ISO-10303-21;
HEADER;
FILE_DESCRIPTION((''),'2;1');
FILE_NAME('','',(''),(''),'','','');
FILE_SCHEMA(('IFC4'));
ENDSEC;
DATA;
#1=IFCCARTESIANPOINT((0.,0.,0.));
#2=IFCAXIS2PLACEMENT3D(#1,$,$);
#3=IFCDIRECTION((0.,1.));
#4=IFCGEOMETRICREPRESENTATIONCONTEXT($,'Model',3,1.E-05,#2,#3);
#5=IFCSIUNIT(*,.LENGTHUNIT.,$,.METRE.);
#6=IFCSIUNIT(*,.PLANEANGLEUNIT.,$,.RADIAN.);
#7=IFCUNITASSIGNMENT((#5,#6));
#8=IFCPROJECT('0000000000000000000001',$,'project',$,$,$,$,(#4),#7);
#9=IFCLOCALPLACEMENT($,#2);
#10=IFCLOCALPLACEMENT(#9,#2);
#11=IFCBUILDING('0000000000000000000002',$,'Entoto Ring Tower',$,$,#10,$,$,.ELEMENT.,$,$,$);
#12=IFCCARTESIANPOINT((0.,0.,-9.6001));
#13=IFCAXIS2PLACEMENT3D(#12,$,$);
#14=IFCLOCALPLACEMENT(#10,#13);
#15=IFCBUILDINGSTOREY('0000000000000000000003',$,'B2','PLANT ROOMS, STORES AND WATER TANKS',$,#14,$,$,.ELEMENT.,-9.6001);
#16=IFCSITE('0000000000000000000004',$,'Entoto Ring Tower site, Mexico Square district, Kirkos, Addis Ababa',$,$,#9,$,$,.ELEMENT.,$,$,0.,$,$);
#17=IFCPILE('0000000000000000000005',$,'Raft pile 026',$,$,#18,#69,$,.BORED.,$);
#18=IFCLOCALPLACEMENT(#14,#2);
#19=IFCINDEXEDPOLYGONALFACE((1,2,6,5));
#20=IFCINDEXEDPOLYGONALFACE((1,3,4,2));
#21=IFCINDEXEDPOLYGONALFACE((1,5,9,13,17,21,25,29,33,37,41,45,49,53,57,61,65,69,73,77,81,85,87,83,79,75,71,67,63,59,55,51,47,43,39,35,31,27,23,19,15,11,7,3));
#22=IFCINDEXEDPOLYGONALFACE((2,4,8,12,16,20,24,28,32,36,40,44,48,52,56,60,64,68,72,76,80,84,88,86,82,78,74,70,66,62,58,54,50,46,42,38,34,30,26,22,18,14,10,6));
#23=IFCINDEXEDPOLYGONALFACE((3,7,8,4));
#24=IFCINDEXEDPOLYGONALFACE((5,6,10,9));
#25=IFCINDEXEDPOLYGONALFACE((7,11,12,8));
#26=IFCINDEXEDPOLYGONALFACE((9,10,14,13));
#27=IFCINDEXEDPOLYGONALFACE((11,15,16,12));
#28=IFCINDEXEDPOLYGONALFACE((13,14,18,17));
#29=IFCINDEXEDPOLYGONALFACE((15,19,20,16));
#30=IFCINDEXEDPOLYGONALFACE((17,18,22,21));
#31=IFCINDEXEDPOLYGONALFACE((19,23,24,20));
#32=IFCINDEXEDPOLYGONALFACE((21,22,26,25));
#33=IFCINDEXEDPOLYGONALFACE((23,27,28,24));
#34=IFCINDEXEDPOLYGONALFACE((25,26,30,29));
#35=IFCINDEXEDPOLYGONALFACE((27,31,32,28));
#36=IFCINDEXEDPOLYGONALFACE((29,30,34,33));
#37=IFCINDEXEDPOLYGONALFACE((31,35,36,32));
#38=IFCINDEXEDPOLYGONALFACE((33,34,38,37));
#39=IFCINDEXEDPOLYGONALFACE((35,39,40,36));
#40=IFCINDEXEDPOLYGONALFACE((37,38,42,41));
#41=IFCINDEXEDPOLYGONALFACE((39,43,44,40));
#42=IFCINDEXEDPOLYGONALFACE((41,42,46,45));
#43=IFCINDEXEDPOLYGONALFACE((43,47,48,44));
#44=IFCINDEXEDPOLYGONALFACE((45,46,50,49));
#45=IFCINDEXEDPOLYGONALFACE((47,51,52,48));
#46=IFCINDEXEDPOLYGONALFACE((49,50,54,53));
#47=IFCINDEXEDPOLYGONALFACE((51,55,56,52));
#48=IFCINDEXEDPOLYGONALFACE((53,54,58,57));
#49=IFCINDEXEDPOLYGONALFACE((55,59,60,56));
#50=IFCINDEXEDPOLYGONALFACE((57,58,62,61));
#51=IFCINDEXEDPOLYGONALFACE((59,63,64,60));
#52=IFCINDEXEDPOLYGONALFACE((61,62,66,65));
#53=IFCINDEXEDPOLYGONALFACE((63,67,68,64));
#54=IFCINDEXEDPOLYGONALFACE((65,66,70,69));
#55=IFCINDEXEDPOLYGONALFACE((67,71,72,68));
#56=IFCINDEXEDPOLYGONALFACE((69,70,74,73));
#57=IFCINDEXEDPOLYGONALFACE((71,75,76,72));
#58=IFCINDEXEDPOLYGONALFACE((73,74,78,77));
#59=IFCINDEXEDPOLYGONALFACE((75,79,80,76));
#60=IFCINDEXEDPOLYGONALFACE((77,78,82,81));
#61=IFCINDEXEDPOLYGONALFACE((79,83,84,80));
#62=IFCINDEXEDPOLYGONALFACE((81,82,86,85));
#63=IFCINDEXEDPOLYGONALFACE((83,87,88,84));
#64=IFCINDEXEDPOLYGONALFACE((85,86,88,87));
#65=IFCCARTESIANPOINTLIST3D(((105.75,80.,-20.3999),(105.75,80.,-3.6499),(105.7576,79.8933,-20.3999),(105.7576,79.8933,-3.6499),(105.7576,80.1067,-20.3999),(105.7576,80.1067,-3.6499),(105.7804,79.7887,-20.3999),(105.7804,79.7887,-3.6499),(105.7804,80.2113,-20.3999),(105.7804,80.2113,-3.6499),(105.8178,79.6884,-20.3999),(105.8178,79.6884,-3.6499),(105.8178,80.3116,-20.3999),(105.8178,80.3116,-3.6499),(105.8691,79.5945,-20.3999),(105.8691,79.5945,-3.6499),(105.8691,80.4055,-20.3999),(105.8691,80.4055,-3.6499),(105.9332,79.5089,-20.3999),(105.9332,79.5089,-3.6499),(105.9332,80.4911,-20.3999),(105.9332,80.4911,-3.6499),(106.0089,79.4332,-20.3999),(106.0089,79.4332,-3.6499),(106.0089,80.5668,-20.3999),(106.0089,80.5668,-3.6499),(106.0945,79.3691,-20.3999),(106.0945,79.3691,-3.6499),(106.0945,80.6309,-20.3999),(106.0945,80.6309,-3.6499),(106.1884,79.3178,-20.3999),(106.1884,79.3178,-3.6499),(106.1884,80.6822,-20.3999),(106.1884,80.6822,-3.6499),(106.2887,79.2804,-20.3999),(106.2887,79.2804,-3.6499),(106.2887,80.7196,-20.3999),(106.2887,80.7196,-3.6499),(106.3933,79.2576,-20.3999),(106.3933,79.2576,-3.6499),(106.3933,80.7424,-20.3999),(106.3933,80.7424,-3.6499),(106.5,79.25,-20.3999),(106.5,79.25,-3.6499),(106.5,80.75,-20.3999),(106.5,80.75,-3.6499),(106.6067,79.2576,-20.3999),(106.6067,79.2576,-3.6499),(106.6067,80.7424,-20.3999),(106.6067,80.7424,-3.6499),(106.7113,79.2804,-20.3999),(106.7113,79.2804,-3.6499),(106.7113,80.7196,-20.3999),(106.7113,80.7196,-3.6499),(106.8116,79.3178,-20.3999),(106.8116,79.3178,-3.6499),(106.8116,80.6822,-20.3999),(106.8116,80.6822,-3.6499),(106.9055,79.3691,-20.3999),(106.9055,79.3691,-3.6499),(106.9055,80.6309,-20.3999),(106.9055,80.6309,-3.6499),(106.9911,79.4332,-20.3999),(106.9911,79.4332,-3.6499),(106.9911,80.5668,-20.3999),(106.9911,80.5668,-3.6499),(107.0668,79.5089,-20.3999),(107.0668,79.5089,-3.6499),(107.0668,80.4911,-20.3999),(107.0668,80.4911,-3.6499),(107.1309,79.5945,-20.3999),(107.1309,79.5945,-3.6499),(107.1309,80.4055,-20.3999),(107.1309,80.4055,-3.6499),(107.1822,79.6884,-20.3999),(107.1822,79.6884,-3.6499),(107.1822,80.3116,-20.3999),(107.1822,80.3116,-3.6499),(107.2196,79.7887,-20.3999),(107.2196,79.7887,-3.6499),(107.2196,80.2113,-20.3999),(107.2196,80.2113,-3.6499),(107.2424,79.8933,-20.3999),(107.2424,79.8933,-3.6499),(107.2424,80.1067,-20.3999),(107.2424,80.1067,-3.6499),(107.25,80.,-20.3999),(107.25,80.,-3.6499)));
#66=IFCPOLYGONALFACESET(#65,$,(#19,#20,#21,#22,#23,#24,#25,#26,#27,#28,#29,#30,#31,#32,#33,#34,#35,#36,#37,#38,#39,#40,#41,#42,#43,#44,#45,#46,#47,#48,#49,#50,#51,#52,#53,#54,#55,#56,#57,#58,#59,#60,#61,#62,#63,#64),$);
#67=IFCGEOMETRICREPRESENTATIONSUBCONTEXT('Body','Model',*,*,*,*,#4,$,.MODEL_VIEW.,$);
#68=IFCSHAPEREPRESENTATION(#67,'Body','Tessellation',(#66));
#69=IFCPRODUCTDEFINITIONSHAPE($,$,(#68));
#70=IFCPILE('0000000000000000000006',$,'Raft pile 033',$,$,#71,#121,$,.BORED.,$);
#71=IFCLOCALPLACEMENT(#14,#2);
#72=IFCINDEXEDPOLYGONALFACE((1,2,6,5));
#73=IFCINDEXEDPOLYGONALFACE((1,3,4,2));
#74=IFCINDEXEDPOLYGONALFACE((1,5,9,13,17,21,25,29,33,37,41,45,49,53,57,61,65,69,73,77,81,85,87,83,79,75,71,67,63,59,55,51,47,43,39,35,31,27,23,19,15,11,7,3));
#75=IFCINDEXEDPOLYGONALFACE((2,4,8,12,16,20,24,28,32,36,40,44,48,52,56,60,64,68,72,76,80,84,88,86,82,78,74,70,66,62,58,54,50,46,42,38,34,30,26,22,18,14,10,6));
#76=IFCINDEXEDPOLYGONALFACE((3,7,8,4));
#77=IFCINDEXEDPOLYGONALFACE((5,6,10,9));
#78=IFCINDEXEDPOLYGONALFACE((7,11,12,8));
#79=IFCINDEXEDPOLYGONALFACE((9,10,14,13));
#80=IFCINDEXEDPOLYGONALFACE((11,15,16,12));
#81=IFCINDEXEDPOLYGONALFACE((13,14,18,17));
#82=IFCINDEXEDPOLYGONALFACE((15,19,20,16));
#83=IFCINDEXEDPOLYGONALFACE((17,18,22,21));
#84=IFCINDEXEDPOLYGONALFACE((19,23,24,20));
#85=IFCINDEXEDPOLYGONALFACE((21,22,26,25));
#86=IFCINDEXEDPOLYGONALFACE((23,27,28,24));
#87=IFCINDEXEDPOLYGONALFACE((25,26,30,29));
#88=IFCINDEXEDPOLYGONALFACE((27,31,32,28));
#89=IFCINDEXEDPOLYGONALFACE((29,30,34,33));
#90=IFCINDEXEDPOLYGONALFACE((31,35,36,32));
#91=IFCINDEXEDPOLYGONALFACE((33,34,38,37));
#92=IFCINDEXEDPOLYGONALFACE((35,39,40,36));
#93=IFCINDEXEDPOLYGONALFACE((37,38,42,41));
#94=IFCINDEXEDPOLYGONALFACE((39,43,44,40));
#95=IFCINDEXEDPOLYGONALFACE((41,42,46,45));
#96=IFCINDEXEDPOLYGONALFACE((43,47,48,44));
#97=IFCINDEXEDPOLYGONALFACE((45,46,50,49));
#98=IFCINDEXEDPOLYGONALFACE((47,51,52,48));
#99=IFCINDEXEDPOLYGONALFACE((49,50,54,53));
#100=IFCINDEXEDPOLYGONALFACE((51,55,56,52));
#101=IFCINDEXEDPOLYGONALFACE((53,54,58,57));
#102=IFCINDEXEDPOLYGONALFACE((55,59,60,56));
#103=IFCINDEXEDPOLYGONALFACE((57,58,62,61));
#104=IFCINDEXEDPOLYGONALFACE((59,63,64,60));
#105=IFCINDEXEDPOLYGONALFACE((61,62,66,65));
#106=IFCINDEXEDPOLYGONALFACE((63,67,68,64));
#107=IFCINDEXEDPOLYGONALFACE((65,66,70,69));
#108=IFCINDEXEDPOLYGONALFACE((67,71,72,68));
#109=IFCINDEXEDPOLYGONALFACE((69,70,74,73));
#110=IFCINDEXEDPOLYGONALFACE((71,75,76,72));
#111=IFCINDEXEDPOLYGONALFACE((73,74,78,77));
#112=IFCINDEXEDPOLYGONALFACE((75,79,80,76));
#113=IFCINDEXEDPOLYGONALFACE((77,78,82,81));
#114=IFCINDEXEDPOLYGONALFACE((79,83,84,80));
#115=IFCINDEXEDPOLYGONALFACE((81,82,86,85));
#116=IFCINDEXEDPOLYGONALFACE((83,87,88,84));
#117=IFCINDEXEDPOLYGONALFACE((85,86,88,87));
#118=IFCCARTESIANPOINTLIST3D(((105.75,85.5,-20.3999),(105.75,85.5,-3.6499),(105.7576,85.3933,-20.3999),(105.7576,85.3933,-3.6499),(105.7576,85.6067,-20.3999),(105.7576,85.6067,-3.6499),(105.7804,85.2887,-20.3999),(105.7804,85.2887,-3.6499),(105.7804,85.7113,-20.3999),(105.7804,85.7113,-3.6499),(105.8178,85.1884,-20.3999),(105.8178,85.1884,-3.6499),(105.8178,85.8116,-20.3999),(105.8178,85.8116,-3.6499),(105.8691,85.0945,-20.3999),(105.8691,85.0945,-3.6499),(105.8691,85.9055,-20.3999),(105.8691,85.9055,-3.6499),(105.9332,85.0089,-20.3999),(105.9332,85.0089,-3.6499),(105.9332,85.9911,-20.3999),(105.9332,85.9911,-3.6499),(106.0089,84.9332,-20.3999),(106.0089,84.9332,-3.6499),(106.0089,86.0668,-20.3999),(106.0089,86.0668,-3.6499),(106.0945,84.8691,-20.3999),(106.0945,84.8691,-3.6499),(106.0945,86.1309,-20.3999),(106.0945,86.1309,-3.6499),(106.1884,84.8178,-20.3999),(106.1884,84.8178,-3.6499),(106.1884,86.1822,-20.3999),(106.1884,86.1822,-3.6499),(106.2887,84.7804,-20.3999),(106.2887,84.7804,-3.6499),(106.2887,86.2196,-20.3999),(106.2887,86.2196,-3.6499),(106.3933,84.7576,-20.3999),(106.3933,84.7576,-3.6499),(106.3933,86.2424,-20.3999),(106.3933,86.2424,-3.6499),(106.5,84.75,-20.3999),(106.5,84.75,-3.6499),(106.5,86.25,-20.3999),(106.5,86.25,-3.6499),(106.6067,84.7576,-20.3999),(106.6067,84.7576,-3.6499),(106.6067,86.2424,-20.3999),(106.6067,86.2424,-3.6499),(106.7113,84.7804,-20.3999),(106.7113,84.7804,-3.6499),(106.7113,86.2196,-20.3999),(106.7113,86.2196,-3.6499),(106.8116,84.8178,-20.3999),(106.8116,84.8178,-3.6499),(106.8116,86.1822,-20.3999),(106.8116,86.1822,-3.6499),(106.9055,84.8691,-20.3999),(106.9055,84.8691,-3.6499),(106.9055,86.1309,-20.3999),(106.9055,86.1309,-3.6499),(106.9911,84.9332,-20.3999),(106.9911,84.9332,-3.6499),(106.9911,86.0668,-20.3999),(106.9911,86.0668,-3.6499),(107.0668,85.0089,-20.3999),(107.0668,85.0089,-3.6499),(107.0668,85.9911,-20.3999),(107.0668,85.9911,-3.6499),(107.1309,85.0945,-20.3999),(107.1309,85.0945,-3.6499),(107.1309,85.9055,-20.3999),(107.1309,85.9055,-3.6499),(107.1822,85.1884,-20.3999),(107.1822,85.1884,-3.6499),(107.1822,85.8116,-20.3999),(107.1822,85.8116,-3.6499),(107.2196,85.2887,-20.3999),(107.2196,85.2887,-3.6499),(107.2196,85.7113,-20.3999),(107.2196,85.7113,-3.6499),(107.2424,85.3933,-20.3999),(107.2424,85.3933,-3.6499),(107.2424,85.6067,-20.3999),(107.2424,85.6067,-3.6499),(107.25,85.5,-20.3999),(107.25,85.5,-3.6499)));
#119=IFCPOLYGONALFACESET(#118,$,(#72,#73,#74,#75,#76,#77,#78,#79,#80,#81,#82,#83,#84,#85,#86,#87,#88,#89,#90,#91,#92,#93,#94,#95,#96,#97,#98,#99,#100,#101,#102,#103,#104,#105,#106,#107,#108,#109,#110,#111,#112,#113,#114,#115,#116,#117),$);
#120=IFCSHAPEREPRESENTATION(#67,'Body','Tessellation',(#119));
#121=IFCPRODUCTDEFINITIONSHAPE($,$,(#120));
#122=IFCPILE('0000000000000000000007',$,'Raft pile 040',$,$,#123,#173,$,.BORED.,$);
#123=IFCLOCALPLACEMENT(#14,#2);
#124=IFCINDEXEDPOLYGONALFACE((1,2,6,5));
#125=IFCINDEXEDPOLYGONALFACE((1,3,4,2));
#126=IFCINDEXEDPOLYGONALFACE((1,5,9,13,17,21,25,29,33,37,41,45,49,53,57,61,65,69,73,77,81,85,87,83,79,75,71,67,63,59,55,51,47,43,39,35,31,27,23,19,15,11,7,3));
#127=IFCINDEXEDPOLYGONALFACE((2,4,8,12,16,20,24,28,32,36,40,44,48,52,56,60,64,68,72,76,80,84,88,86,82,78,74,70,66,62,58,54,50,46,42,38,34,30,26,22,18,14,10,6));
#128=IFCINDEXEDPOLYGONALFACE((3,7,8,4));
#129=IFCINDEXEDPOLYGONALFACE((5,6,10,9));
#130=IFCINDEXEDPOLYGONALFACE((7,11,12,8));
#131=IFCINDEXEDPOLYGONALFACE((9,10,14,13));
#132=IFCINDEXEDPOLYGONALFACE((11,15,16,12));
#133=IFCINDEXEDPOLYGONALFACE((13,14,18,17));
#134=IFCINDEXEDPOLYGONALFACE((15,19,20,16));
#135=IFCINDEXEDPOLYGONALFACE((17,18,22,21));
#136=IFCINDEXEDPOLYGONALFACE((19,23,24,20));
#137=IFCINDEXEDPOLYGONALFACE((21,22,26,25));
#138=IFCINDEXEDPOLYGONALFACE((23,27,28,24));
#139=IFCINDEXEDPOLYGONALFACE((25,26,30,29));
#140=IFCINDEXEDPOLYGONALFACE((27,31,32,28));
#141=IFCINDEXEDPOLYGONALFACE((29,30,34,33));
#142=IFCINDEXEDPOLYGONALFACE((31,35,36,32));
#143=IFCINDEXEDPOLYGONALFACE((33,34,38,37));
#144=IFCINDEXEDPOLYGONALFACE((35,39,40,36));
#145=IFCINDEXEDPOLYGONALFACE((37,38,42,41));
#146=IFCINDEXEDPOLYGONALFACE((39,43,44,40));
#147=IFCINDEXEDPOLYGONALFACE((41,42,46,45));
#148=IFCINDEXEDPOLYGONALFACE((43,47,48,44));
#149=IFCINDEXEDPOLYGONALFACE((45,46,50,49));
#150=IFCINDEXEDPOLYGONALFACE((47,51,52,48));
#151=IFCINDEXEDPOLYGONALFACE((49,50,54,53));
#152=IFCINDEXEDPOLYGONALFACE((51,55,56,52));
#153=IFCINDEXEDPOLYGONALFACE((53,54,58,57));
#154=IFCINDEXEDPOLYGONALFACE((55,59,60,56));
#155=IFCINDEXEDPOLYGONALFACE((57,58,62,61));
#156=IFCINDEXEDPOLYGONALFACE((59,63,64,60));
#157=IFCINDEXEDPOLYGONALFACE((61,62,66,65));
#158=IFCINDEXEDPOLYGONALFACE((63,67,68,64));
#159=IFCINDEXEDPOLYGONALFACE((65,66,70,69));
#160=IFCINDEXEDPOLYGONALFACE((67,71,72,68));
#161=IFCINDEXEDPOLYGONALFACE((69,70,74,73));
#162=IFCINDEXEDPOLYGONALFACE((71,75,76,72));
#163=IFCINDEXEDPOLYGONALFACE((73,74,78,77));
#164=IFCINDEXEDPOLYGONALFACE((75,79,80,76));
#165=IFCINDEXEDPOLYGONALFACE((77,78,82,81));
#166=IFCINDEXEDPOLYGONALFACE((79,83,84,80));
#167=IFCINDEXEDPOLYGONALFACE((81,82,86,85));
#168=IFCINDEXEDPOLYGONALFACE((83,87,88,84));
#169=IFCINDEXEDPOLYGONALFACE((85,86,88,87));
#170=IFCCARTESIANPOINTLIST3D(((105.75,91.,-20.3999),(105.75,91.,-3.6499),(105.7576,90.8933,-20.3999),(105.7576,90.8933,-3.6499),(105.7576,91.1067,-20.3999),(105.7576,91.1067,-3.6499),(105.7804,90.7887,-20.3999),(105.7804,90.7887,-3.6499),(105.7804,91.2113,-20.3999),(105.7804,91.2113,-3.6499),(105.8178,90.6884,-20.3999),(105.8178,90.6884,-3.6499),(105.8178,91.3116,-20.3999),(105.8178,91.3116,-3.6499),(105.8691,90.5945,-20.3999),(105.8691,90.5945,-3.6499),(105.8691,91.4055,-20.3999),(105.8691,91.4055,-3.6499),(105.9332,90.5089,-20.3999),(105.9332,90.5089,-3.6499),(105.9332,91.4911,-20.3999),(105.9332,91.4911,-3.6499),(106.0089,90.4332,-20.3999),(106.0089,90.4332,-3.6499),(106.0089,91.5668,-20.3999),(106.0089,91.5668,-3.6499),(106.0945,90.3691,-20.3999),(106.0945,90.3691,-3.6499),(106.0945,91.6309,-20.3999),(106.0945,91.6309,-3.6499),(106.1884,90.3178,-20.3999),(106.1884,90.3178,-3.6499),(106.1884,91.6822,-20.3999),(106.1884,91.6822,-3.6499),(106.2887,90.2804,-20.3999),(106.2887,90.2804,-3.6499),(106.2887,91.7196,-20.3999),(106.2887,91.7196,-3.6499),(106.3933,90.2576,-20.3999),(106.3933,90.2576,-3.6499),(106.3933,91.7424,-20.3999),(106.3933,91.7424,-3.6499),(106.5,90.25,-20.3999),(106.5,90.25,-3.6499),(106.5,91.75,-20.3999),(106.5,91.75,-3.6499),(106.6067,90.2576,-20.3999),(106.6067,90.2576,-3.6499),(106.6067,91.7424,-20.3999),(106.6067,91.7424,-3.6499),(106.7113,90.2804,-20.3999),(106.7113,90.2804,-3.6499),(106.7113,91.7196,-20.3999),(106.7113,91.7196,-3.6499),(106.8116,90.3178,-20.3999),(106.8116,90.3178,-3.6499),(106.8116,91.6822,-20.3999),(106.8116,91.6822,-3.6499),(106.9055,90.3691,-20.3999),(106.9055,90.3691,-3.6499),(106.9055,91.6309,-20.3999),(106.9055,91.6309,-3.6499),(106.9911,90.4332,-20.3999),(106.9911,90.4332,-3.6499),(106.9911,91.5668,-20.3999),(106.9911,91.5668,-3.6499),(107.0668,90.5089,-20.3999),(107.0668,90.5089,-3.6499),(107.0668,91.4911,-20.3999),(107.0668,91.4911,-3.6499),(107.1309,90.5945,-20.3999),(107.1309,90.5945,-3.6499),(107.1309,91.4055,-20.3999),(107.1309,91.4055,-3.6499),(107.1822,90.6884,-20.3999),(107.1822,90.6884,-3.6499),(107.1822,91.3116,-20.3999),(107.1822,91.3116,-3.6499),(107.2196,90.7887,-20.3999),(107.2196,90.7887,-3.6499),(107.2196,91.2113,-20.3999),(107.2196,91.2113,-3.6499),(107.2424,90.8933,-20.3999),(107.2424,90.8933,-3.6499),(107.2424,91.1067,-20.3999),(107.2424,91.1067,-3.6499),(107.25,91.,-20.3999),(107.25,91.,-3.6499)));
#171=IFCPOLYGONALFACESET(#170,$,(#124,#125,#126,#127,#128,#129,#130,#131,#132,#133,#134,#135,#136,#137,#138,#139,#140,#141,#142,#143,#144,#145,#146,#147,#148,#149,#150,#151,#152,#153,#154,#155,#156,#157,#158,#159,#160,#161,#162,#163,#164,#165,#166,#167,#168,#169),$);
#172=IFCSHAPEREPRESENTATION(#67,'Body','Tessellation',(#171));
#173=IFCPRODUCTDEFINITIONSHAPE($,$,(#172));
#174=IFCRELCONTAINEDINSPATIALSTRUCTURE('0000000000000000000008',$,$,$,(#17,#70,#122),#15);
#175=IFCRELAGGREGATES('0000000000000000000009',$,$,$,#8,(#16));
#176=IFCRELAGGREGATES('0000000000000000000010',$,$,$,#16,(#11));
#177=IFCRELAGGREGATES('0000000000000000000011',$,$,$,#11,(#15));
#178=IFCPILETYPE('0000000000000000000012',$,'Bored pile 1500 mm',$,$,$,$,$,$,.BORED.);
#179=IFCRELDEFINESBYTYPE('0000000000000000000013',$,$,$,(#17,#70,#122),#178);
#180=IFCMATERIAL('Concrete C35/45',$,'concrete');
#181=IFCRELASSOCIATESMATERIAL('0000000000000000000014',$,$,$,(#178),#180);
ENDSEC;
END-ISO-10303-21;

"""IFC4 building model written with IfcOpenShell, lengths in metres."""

from ifc_helpers import new_model, si_unit, direction, frame, origin, origin_2d, place, context, subcontext, project, spatial, circle, extrude, material, material_profile, profile_set, type_object, element, save


model = new_model("IFC4")

# Units and contexts
model_context = context("Model", 3, precision=1e-05, world=origin(), true_north=direction((0.0, 1.0)))
body_context = subcontext(model_context, "Body", "Model", "MODEL_VIEW")
ifc_project = project(units=[si_unit("LENGTHUNIT", "METRE"), si_unit("PLANEANGLEUNIT", "RADIAN")], contexts=[model_context])

# Site, building, storey
site_placement = place(None, origin())
site = spatial("IfcSite", under=ifc_project, at=site_placement, Name="Entoto Ring Tower site, Mexico Square district, Kirkos, Addis Ababa", CompositionType="ELEMENT", RefElevation=0.0)
building_placement = place(site_placement, origin())
building = spatial("IfcBuilding", under=site, at=building_placement, Name="Entoto Ring Tower", CompositionType="ELEMENT")
storey_placement = place(building_placement, frame((0.0, 0.0, -9.6001)))
storey = spatial("IfcBuildingStorey", under=building, at=storey_placement, Name="B2", Description="PLANT ROOMS, STORES AND WATER TANKS", CompositionType="ELEMENT", Elevation=-9.6001)

# Piles
ifc_material_1 = material(Name="Concrete C35/45", Category="concrete")
ifc_material_profile_1 = material_profile(ifc_material_1, circle(Radius=0.75, at=origin_2d()), Name="Bored pile 1500 mm")
ifc_profile_set_1 = profile_set([ifc_material_profile_1], Name="Concrete C35/45")
pile_type_1 = type_object("IfcPileType", Name="Bored pile 1500 mm", PredefinedType="BORED", material=ifc_profile_set_1)
for number, where, z_axis, x_axis, name in (
    (1, (106.5, 80.0, -3.6499), (0.0, 0.0, -1.0), (1.0, 0.0, 0.0), "Raft pile 026"),
    (2, (106.5, 85.5, -3.6499), (0.0, 0.0, -1.0), (1.0, 0.0, 0.0), "Raft pile 033"),
    (3, (106.5, 91.0, -3.6499), (0.0, 0.0, -1.0), (1.0, 0.0, 0.0), "Raft pile 040"),
):
    element("IfcPile", number, at=place(storey_placement, frame(where, z_axis=z_axis, x_axis=x_axis)), inside=storey, type_object=pile_type_1, Name=name, PredefinedType="BORED", context=body_context, shape_type="SweptSolid", body=[
        extrude(circle(Radius=0.75, at=origin_2d()), origin(), (0.0, 0.0, 1.0), 16.75),
    ])

save(model, "model.ifc")
